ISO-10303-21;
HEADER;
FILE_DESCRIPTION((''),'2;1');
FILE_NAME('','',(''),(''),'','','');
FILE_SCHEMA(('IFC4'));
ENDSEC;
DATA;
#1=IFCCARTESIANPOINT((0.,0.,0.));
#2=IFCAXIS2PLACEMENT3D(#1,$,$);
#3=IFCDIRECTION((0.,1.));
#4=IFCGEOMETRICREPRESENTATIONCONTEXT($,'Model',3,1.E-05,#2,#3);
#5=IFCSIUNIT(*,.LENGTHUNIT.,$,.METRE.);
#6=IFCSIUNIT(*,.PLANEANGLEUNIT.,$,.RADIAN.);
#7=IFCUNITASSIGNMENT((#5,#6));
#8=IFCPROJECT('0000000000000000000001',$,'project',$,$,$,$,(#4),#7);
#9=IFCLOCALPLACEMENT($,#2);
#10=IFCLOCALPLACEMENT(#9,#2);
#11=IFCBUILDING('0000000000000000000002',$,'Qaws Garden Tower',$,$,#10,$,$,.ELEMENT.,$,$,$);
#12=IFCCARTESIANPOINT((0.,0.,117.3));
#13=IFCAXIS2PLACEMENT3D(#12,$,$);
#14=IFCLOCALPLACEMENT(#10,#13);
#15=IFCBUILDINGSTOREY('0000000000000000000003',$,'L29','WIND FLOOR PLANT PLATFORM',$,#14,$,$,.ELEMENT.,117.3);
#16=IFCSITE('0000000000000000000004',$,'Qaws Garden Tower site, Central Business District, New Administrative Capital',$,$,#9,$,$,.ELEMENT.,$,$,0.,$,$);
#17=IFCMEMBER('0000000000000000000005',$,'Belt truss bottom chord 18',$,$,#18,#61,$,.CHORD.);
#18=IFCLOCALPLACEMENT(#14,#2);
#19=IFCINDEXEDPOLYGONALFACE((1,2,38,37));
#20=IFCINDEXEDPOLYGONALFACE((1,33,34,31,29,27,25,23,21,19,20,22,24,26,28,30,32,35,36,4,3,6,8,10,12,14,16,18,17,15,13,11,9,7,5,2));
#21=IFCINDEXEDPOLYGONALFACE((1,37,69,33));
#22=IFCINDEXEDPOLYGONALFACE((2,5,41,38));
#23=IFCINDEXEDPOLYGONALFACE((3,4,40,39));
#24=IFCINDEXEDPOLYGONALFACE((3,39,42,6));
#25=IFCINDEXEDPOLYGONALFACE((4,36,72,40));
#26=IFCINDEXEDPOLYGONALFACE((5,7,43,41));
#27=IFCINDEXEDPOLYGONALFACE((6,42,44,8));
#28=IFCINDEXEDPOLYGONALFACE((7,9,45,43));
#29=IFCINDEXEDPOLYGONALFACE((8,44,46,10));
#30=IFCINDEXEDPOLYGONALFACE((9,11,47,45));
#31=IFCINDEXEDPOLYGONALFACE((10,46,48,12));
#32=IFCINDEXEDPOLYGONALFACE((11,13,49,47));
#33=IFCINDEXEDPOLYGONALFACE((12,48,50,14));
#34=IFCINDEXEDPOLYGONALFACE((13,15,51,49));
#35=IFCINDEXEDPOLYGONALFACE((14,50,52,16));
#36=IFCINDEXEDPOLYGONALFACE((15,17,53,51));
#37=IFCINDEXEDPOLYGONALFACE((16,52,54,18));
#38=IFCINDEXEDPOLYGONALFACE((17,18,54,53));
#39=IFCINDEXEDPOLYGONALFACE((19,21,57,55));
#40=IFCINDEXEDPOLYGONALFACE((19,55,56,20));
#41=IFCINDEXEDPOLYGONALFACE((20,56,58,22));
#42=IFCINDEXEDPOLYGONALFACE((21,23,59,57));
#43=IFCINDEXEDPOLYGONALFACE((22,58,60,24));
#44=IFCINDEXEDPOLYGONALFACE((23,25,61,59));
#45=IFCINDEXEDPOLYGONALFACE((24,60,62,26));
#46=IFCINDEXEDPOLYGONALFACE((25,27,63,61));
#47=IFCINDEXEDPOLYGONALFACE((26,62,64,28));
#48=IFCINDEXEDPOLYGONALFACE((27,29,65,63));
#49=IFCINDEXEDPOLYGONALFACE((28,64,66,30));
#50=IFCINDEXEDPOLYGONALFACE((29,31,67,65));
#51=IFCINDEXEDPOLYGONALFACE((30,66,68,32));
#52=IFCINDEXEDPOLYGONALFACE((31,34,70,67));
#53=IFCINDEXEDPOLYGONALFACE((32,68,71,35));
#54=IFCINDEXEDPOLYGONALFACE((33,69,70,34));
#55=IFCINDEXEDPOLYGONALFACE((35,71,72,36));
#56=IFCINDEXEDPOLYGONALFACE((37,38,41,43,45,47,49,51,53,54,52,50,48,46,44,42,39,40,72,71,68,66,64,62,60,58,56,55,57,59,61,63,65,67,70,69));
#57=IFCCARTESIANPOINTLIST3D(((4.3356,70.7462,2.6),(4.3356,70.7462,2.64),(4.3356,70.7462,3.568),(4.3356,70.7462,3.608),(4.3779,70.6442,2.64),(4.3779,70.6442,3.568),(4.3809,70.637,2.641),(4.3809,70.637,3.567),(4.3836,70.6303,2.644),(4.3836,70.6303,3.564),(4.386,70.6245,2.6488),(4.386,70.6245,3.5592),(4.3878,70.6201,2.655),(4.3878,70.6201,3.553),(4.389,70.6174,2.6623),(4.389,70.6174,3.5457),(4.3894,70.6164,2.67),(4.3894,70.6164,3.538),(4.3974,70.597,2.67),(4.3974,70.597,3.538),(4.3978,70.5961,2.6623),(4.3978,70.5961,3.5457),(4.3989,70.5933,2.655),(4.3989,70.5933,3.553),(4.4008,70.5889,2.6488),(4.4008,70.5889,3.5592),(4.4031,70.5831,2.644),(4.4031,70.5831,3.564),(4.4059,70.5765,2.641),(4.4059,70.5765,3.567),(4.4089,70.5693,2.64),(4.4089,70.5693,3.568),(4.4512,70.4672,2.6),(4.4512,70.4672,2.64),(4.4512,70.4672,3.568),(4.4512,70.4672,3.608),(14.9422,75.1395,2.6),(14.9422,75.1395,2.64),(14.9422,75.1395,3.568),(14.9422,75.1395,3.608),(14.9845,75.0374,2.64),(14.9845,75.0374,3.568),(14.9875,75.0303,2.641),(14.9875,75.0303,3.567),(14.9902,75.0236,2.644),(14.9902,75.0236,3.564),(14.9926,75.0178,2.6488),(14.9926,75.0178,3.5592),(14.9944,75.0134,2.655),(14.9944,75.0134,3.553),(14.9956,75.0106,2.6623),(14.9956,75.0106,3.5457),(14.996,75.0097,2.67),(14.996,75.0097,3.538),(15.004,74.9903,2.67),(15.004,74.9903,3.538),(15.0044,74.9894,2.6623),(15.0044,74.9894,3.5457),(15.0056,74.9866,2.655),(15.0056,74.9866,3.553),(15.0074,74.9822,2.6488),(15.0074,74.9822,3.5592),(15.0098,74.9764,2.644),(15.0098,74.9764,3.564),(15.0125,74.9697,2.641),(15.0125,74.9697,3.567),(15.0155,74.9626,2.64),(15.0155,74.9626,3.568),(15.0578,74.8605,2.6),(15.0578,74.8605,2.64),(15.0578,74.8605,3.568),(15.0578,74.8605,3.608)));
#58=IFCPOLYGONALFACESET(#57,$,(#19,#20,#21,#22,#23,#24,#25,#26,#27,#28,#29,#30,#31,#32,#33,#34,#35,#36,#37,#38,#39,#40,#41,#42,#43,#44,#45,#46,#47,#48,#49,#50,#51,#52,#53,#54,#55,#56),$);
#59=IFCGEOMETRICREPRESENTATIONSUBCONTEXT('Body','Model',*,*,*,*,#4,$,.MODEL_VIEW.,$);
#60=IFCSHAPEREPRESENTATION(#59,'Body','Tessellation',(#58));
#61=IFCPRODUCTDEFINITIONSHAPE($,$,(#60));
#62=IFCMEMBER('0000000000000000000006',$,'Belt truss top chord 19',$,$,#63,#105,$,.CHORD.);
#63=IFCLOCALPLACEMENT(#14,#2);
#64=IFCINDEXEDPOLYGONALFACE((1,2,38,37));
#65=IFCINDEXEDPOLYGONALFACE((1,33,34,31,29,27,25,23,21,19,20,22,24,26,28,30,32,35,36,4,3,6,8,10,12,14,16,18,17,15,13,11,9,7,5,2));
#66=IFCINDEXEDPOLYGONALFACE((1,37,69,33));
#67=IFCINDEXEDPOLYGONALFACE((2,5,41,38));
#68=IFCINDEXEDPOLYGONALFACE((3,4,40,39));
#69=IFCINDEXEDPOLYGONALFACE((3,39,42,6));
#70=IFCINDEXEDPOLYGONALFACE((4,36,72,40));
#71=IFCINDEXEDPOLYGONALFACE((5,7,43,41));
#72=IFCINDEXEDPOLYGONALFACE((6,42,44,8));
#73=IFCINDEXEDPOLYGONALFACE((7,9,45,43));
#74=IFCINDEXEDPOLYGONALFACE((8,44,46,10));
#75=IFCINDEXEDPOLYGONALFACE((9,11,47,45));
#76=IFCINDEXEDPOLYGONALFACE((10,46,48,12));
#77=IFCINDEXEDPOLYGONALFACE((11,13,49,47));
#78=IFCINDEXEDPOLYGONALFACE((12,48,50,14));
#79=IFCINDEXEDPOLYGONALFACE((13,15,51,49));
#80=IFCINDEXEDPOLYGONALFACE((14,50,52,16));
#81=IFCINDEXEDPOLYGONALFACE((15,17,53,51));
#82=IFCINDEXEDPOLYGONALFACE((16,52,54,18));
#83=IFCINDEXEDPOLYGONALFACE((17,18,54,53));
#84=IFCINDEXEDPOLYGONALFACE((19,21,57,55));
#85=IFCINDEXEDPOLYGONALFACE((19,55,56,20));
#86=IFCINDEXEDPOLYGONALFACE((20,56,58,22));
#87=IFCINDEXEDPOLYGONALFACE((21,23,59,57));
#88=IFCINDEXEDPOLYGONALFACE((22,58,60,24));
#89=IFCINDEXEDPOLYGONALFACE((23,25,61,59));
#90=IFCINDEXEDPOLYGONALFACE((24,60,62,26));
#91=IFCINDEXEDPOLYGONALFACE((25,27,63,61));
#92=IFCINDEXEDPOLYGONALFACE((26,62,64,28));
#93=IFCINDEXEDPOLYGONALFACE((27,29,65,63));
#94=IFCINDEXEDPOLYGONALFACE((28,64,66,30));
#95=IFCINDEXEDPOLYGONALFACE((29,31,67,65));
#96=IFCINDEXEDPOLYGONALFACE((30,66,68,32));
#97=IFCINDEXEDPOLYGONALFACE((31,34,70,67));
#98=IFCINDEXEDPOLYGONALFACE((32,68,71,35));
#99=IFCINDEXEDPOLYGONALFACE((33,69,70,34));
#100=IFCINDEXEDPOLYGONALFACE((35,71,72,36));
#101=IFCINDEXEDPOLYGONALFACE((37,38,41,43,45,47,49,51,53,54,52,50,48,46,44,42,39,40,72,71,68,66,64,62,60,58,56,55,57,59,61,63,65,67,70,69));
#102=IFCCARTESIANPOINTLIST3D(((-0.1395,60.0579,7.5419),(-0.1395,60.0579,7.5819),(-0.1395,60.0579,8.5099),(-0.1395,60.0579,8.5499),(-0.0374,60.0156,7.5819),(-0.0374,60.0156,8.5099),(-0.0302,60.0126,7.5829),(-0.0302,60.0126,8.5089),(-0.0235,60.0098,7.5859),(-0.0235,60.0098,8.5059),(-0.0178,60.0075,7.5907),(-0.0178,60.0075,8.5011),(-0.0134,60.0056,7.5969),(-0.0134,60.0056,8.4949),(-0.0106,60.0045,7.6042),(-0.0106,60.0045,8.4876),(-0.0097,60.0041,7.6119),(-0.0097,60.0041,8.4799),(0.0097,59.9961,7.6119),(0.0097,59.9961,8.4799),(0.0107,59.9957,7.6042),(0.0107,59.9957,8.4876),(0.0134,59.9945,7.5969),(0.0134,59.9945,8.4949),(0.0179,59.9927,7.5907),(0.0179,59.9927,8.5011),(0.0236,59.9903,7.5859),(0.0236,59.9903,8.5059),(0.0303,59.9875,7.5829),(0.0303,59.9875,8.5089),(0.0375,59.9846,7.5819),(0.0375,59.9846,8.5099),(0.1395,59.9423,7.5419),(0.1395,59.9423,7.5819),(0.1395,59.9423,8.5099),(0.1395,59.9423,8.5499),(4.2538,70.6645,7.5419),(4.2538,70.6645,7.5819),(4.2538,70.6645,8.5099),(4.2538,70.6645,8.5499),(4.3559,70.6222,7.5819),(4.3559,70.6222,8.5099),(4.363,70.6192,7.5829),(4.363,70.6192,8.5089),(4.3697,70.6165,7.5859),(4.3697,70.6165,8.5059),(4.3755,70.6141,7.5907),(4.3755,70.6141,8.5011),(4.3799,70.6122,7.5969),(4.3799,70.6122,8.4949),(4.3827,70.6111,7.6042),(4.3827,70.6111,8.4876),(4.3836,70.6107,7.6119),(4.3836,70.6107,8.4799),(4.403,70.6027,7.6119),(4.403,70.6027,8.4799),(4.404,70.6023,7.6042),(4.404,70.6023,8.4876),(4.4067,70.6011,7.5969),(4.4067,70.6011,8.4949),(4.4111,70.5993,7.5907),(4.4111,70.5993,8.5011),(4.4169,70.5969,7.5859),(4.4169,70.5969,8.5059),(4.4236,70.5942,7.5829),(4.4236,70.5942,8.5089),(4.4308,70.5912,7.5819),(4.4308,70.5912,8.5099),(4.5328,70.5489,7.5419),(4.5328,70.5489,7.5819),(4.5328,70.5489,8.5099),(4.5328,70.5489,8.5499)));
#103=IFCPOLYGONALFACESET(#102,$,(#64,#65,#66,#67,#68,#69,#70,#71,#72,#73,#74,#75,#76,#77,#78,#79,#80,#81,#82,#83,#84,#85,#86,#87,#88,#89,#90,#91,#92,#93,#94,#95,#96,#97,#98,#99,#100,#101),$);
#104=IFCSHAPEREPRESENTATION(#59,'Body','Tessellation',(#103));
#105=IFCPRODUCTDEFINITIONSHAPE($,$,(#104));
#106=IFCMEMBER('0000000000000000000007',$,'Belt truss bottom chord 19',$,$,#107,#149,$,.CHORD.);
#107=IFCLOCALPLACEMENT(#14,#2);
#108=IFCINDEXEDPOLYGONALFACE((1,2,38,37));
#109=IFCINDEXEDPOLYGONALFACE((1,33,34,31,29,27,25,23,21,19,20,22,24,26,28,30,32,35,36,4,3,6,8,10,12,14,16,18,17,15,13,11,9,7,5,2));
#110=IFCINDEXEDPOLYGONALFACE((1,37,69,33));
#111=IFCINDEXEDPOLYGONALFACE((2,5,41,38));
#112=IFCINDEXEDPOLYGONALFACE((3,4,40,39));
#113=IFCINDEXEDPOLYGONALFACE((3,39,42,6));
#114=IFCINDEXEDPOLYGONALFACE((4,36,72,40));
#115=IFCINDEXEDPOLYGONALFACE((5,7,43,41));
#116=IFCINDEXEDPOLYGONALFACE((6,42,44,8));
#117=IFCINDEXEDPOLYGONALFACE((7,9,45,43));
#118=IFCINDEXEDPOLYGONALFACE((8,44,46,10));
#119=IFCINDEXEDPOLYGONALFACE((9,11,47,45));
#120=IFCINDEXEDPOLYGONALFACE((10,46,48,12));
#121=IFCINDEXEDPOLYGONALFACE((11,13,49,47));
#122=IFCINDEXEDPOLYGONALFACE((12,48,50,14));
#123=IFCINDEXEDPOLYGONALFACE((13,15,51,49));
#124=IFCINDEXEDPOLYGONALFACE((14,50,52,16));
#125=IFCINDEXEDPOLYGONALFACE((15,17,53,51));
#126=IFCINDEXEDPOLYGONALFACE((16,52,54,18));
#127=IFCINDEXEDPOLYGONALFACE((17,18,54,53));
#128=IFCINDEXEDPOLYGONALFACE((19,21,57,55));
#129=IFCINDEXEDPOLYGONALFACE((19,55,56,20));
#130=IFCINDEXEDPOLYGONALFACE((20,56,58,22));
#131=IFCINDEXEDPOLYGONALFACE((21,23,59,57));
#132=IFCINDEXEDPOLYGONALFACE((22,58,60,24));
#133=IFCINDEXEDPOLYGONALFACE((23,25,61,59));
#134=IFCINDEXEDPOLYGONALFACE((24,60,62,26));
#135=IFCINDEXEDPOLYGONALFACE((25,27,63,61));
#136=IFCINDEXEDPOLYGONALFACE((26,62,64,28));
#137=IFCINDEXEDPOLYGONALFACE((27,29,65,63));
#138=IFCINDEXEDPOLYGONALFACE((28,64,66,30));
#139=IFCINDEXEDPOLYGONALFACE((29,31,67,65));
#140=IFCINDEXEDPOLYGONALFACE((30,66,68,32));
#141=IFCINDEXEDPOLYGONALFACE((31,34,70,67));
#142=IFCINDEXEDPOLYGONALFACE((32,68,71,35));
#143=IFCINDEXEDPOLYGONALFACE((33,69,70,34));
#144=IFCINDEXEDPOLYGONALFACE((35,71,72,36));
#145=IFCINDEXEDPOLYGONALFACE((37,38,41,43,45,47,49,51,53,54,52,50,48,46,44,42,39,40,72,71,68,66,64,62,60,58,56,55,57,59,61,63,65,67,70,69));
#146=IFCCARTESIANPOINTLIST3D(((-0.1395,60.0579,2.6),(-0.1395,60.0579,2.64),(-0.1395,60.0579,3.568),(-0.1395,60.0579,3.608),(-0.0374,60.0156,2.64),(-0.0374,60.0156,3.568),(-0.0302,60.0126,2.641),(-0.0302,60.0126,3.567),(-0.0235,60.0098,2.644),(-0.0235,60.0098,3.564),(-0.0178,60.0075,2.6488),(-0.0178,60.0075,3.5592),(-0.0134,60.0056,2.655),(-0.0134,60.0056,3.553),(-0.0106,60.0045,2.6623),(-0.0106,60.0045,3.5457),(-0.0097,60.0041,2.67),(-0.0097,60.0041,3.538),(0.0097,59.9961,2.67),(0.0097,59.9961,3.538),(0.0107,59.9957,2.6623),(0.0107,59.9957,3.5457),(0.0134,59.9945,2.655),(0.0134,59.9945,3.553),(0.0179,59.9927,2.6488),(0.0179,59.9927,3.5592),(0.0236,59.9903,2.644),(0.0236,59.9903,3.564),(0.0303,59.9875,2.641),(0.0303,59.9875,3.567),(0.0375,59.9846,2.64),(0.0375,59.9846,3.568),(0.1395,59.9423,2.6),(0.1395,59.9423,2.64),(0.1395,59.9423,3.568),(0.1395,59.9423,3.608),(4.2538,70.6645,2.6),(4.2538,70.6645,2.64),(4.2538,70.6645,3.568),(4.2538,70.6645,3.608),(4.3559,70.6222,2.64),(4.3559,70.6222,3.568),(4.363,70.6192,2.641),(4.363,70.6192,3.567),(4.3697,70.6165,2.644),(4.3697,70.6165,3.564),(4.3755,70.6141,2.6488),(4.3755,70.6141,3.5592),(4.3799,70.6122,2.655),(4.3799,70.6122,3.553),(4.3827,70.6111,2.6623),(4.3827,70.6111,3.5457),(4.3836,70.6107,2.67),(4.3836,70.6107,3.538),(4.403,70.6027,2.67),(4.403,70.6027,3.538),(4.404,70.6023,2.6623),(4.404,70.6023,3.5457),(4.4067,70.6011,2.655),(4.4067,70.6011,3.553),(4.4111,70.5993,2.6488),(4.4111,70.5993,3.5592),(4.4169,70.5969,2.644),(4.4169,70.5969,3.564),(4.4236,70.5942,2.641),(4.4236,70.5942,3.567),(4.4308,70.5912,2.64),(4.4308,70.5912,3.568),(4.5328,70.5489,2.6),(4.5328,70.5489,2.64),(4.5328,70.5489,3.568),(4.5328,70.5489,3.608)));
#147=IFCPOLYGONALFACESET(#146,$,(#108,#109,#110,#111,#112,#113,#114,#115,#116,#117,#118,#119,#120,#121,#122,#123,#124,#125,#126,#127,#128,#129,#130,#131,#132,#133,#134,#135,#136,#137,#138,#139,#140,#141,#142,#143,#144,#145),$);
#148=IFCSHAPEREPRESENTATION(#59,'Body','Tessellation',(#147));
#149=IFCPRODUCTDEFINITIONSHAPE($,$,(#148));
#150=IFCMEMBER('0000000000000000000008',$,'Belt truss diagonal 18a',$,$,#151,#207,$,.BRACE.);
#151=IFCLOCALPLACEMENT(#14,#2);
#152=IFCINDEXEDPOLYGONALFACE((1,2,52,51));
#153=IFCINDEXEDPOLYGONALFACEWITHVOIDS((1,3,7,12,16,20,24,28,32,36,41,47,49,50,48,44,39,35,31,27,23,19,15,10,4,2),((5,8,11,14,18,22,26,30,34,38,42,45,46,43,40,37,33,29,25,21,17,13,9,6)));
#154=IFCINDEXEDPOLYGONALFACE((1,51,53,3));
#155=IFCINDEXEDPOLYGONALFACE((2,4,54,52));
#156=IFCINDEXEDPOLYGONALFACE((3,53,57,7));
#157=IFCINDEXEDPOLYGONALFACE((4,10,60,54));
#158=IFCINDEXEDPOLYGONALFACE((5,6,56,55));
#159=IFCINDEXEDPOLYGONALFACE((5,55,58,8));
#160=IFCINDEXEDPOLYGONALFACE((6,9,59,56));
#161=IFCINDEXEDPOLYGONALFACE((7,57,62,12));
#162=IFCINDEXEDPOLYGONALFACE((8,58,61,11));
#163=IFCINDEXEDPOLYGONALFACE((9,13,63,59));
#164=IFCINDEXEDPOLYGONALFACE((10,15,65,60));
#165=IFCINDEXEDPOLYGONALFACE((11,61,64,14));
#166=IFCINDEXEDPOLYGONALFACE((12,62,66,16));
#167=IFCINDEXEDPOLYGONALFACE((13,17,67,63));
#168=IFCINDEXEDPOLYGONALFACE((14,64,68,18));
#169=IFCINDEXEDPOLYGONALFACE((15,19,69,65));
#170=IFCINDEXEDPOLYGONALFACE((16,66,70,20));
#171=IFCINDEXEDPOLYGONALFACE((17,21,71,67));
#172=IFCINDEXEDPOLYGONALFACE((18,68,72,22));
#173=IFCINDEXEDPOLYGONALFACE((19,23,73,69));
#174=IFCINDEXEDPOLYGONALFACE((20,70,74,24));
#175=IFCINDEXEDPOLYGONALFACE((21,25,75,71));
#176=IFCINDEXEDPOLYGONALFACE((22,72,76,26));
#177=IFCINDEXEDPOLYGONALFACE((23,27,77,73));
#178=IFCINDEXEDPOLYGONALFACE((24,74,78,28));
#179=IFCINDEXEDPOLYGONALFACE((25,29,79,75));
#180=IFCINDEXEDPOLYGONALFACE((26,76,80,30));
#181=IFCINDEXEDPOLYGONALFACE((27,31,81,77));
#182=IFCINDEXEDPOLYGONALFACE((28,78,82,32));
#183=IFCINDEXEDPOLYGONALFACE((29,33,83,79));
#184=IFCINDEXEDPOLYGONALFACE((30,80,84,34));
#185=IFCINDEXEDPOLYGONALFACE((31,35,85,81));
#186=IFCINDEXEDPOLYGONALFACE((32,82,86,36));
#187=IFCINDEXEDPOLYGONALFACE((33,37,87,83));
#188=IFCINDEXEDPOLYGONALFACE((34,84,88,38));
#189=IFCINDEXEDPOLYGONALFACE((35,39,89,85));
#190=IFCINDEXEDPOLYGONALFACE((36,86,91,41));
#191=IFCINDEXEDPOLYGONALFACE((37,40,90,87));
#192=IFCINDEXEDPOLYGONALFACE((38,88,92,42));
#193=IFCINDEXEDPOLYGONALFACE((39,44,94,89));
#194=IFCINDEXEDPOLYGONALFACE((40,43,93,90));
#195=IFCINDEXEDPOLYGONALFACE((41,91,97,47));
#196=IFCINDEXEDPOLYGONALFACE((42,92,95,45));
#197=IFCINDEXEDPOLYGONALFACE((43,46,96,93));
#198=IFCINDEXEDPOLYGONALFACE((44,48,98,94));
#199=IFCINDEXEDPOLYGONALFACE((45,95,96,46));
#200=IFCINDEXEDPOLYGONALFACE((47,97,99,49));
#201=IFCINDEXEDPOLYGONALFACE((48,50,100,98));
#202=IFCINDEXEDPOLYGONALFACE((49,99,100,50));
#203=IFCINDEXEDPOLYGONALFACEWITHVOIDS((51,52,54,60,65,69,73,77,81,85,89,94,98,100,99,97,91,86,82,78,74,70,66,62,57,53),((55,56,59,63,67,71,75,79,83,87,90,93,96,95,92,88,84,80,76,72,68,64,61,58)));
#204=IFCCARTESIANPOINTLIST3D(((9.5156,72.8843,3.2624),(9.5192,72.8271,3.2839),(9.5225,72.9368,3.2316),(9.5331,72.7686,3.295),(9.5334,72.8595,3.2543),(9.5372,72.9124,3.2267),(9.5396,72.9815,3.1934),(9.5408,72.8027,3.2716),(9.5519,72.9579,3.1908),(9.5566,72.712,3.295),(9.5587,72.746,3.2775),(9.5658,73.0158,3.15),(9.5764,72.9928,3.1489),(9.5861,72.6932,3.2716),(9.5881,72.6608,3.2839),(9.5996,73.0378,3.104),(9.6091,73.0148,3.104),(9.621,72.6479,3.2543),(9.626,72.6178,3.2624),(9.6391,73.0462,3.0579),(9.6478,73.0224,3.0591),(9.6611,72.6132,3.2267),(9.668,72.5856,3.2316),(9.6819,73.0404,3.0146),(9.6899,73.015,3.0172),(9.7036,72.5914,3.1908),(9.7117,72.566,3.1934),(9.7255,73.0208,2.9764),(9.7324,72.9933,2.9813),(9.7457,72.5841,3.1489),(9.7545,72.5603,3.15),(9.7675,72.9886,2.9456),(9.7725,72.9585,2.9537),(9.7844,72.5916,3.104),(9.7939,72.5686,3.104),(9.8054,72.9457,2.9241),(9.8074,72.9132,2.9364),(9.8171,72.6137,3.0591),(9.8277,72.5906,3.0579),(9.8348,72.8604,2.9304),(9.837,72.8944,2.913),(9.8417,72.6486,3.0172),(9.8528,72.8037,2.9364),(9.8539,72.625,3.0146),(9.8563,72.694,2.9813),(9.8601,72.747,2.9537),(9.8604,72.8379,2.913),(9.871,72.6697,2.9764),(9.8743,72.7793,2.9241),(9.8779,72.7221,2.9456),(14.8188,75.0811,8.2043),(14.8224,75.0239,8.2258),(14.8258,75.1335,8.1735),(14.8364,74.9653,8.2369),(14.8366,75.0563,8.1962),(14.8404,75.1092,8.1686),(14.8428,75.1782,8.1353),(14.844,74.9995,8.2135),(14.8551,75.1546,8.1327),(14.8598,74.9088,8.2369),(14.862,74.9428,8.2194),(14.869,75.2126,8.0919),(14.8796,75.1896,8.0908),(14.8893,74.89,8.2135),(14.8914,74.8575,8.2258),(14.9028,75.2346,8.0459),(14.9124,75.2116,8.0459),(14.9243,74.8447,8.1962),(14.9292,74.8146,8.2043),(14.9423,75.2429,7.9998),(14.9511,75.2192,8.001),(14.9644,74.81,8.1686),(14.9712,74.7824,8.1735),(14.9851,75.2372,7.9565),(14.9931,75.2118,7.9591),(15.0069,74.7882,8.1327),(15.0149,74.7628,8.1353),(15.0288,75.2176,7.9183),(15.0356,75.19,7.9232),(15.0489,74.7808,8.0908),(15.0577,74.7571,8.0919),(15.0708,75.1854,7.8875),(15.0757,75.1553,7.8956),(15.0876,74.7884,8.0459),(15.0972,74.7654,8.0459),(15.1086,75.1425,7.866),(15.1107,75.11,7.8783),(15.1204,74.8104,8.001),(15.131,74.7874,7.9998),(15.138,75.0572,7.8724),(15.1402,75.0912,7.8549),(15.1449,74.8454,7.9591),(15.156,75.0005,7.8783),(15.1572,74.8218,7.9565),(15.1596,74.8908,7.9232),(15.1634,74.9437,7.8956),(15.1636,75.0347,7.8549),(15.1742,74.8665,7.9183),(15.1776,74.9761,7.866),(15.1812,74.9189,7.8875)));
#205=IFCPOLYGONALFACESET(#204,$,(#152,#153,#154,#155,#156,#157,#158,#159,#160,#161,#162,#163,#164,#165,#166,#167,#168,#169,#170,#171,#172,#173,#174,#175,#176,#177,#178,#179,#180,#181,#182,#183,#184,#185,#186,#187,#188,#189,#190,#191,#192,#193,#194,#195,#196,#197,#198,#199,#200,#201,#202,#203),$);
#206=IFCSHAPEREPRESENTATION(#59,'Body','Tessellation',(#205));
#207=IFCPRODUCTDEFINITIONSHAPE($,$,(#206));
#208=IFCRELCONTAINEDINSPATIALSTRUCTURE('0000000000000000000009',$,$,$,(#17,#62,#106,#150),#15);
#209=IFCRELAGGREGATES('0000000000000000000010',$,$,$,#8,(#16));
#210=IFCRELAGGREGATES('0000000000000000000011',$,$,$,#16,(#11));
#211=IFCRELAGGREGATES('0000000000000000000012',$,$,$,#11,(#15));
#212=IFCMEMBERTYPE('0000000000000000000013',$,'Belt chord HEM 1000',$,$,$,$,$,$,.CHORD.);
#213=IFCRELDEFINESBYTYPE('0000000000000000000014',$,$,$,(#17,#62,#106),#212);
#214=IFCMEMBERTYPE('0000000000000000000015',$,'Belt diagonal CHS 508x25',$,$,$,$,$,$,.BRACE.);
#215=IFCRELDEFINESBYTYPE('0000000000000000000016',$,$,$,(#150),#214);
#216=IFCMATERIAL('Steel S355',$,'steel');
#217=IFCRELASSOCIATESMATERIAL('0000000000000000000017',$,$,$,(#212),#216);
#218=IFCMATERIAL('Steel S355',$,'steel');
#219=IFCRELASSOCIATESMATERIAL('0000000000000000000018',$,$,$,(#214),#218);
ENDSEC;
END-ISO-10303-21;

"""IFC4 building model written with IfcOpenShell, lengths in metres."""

from ifc_helpers import new_model, si_unit, direction, frame, origin, origin_2d, place, context, subcontext, project, spatial, hollow_circle, i_section, extrude, material, material_profile, profile_set, type_object, element, save


model = new_model("IFC4")

# Units and contexts
model_context = context("Model", 3, precision=1e-05, world=origin(), true_north=direction((0.0, 1.0)))
body_context = subcontext(model_context, "Body", "Model", "MODEL_VIEW")
ifc_project = project(units=[si_unit("LENGTHUNIT", "METRE"), si_unit("PLANEANGLEUNIT", "RADIAN")], contexts=[model_context])

# Site, building, storey
site_placement = place(None, origin())
site = spatial("IfcSite", under=ifc_project, at=site_placement, Name="Qaws Garden Tower site, Central Business District, New Administrative Capital", CompositionType="ELEMENT", RefElevation=0.0)
building_placement = place(site_placement, origin())
building = spatial("IfcBuilding", under=site, at=building_placement, Name="Qaws Garden Tower", CompositionType="ELEMENT")
storey_placement = place(building_placement, frame((0.0, 0.0, 117.3)))
storey = spatial("IfcBuildingStorey", under=building, at=storey_placement, Name="L29", Description="WIND FLOOR PLANT PLATFORM", CompositionType="ELEMENT", Elevation=117.3)

# Members
ifc_material_1 = material(Name="Steel S355", Category="steel")
ifc_material_profile_1 = material_profile(ifc_material_1, i_section(OverallWidth=0.302, OverallDepth=1.0081, WebThickness=0.021, FlangeThickness=0.04, FilletRadius=0.03, at=origin_2d()), Name="HEM 1000")
ifc_profile_set_1 = profile_set([ifc_material_profile_1], Name="Steel S355")
member_type_1 = type_object("IfcMemberType", Name="Belt chord HEM 1000", PredefinedType="CHORD", material=ifc_profile_set_1)
for number, where, z_axis, x_axis, name in (
    (1, (15.0, 75.0, 3.104), (-0.923883, -0.382674, 0.0), (0.382674, -0.923883, 0.0), "Belt truss bottom chord 18"),
    (2, (4.3933, 70.6067, 8.0459), (-0.382674, -0.923883, 0.0), (0.923883, -0.382674, 0.0), "Belt truss top chord 19"),
    (3, (4.3933, 70.6067, 3.104), (-0.382674, -0.923883, 0.0), (0.923883, -0.382674, 0.0), "Belt truss bottom chord 19"),
):
    element("IfcMember", number, at=place(storey_placement, frame(where, z_axis=z_axis, x_axis=x_axis)), inside=storey, type_object=member_type_1, Name=name, PredefinedType="CHORD", context=body_context, shape_type="SweptSolid", body=[
        extrude(i_section(OverallWidth=0.302, OverallDepth=1.0081, WebThickness=0.021, FlangeThickness=0.04, FilletRadius=0.03, at=origin_2d()), origin(), (0.0, 0.0, 1.0), 11.4805),
    ])
ifc_material_2 = material(Name="Steel S355", Category="steel")
ifc_material_profile_2 = material_profile(ifc_material_2, hollow_circle(Radius=0.2539, WallThickness=0.0249, at=origin_2d()), Name="CHS 508x25")
ifc_profile_set_2 = profile_set([ifc_material_profile_2], Name="Steel S355")
member_type_2 = type_object("IfcMemberType", Name="Belt diagonal CHS 508x25", PredefinedType="BRACE", material=ifc_profile_set_2)
for number, where, z_axis, x_axis, name in (
    (4, (15.0, 75.0, 8.0459), (-0.700146, -0.290025, -0.652443), (0.3827, -0.923873, 0.0), "Belt truss diagonal 18a"),
):
    element("IfcMember", number, at=place(storey_placement, frame(where, z_axis=z_axis, x_axis=x_axis)), inside=storey, type_object=member_type_2, Name=name, PredefinedType="BRACE", context=body_context, shape_type="SweptSolid", body=[
        extrude(hollow_circle(Radius=0.2539, WallThickness=0.0249, at=origin_2d()), origin(), (0.0, 0.0, 1.0), 7.5745),
    ])

save(model, "model.ifc")
